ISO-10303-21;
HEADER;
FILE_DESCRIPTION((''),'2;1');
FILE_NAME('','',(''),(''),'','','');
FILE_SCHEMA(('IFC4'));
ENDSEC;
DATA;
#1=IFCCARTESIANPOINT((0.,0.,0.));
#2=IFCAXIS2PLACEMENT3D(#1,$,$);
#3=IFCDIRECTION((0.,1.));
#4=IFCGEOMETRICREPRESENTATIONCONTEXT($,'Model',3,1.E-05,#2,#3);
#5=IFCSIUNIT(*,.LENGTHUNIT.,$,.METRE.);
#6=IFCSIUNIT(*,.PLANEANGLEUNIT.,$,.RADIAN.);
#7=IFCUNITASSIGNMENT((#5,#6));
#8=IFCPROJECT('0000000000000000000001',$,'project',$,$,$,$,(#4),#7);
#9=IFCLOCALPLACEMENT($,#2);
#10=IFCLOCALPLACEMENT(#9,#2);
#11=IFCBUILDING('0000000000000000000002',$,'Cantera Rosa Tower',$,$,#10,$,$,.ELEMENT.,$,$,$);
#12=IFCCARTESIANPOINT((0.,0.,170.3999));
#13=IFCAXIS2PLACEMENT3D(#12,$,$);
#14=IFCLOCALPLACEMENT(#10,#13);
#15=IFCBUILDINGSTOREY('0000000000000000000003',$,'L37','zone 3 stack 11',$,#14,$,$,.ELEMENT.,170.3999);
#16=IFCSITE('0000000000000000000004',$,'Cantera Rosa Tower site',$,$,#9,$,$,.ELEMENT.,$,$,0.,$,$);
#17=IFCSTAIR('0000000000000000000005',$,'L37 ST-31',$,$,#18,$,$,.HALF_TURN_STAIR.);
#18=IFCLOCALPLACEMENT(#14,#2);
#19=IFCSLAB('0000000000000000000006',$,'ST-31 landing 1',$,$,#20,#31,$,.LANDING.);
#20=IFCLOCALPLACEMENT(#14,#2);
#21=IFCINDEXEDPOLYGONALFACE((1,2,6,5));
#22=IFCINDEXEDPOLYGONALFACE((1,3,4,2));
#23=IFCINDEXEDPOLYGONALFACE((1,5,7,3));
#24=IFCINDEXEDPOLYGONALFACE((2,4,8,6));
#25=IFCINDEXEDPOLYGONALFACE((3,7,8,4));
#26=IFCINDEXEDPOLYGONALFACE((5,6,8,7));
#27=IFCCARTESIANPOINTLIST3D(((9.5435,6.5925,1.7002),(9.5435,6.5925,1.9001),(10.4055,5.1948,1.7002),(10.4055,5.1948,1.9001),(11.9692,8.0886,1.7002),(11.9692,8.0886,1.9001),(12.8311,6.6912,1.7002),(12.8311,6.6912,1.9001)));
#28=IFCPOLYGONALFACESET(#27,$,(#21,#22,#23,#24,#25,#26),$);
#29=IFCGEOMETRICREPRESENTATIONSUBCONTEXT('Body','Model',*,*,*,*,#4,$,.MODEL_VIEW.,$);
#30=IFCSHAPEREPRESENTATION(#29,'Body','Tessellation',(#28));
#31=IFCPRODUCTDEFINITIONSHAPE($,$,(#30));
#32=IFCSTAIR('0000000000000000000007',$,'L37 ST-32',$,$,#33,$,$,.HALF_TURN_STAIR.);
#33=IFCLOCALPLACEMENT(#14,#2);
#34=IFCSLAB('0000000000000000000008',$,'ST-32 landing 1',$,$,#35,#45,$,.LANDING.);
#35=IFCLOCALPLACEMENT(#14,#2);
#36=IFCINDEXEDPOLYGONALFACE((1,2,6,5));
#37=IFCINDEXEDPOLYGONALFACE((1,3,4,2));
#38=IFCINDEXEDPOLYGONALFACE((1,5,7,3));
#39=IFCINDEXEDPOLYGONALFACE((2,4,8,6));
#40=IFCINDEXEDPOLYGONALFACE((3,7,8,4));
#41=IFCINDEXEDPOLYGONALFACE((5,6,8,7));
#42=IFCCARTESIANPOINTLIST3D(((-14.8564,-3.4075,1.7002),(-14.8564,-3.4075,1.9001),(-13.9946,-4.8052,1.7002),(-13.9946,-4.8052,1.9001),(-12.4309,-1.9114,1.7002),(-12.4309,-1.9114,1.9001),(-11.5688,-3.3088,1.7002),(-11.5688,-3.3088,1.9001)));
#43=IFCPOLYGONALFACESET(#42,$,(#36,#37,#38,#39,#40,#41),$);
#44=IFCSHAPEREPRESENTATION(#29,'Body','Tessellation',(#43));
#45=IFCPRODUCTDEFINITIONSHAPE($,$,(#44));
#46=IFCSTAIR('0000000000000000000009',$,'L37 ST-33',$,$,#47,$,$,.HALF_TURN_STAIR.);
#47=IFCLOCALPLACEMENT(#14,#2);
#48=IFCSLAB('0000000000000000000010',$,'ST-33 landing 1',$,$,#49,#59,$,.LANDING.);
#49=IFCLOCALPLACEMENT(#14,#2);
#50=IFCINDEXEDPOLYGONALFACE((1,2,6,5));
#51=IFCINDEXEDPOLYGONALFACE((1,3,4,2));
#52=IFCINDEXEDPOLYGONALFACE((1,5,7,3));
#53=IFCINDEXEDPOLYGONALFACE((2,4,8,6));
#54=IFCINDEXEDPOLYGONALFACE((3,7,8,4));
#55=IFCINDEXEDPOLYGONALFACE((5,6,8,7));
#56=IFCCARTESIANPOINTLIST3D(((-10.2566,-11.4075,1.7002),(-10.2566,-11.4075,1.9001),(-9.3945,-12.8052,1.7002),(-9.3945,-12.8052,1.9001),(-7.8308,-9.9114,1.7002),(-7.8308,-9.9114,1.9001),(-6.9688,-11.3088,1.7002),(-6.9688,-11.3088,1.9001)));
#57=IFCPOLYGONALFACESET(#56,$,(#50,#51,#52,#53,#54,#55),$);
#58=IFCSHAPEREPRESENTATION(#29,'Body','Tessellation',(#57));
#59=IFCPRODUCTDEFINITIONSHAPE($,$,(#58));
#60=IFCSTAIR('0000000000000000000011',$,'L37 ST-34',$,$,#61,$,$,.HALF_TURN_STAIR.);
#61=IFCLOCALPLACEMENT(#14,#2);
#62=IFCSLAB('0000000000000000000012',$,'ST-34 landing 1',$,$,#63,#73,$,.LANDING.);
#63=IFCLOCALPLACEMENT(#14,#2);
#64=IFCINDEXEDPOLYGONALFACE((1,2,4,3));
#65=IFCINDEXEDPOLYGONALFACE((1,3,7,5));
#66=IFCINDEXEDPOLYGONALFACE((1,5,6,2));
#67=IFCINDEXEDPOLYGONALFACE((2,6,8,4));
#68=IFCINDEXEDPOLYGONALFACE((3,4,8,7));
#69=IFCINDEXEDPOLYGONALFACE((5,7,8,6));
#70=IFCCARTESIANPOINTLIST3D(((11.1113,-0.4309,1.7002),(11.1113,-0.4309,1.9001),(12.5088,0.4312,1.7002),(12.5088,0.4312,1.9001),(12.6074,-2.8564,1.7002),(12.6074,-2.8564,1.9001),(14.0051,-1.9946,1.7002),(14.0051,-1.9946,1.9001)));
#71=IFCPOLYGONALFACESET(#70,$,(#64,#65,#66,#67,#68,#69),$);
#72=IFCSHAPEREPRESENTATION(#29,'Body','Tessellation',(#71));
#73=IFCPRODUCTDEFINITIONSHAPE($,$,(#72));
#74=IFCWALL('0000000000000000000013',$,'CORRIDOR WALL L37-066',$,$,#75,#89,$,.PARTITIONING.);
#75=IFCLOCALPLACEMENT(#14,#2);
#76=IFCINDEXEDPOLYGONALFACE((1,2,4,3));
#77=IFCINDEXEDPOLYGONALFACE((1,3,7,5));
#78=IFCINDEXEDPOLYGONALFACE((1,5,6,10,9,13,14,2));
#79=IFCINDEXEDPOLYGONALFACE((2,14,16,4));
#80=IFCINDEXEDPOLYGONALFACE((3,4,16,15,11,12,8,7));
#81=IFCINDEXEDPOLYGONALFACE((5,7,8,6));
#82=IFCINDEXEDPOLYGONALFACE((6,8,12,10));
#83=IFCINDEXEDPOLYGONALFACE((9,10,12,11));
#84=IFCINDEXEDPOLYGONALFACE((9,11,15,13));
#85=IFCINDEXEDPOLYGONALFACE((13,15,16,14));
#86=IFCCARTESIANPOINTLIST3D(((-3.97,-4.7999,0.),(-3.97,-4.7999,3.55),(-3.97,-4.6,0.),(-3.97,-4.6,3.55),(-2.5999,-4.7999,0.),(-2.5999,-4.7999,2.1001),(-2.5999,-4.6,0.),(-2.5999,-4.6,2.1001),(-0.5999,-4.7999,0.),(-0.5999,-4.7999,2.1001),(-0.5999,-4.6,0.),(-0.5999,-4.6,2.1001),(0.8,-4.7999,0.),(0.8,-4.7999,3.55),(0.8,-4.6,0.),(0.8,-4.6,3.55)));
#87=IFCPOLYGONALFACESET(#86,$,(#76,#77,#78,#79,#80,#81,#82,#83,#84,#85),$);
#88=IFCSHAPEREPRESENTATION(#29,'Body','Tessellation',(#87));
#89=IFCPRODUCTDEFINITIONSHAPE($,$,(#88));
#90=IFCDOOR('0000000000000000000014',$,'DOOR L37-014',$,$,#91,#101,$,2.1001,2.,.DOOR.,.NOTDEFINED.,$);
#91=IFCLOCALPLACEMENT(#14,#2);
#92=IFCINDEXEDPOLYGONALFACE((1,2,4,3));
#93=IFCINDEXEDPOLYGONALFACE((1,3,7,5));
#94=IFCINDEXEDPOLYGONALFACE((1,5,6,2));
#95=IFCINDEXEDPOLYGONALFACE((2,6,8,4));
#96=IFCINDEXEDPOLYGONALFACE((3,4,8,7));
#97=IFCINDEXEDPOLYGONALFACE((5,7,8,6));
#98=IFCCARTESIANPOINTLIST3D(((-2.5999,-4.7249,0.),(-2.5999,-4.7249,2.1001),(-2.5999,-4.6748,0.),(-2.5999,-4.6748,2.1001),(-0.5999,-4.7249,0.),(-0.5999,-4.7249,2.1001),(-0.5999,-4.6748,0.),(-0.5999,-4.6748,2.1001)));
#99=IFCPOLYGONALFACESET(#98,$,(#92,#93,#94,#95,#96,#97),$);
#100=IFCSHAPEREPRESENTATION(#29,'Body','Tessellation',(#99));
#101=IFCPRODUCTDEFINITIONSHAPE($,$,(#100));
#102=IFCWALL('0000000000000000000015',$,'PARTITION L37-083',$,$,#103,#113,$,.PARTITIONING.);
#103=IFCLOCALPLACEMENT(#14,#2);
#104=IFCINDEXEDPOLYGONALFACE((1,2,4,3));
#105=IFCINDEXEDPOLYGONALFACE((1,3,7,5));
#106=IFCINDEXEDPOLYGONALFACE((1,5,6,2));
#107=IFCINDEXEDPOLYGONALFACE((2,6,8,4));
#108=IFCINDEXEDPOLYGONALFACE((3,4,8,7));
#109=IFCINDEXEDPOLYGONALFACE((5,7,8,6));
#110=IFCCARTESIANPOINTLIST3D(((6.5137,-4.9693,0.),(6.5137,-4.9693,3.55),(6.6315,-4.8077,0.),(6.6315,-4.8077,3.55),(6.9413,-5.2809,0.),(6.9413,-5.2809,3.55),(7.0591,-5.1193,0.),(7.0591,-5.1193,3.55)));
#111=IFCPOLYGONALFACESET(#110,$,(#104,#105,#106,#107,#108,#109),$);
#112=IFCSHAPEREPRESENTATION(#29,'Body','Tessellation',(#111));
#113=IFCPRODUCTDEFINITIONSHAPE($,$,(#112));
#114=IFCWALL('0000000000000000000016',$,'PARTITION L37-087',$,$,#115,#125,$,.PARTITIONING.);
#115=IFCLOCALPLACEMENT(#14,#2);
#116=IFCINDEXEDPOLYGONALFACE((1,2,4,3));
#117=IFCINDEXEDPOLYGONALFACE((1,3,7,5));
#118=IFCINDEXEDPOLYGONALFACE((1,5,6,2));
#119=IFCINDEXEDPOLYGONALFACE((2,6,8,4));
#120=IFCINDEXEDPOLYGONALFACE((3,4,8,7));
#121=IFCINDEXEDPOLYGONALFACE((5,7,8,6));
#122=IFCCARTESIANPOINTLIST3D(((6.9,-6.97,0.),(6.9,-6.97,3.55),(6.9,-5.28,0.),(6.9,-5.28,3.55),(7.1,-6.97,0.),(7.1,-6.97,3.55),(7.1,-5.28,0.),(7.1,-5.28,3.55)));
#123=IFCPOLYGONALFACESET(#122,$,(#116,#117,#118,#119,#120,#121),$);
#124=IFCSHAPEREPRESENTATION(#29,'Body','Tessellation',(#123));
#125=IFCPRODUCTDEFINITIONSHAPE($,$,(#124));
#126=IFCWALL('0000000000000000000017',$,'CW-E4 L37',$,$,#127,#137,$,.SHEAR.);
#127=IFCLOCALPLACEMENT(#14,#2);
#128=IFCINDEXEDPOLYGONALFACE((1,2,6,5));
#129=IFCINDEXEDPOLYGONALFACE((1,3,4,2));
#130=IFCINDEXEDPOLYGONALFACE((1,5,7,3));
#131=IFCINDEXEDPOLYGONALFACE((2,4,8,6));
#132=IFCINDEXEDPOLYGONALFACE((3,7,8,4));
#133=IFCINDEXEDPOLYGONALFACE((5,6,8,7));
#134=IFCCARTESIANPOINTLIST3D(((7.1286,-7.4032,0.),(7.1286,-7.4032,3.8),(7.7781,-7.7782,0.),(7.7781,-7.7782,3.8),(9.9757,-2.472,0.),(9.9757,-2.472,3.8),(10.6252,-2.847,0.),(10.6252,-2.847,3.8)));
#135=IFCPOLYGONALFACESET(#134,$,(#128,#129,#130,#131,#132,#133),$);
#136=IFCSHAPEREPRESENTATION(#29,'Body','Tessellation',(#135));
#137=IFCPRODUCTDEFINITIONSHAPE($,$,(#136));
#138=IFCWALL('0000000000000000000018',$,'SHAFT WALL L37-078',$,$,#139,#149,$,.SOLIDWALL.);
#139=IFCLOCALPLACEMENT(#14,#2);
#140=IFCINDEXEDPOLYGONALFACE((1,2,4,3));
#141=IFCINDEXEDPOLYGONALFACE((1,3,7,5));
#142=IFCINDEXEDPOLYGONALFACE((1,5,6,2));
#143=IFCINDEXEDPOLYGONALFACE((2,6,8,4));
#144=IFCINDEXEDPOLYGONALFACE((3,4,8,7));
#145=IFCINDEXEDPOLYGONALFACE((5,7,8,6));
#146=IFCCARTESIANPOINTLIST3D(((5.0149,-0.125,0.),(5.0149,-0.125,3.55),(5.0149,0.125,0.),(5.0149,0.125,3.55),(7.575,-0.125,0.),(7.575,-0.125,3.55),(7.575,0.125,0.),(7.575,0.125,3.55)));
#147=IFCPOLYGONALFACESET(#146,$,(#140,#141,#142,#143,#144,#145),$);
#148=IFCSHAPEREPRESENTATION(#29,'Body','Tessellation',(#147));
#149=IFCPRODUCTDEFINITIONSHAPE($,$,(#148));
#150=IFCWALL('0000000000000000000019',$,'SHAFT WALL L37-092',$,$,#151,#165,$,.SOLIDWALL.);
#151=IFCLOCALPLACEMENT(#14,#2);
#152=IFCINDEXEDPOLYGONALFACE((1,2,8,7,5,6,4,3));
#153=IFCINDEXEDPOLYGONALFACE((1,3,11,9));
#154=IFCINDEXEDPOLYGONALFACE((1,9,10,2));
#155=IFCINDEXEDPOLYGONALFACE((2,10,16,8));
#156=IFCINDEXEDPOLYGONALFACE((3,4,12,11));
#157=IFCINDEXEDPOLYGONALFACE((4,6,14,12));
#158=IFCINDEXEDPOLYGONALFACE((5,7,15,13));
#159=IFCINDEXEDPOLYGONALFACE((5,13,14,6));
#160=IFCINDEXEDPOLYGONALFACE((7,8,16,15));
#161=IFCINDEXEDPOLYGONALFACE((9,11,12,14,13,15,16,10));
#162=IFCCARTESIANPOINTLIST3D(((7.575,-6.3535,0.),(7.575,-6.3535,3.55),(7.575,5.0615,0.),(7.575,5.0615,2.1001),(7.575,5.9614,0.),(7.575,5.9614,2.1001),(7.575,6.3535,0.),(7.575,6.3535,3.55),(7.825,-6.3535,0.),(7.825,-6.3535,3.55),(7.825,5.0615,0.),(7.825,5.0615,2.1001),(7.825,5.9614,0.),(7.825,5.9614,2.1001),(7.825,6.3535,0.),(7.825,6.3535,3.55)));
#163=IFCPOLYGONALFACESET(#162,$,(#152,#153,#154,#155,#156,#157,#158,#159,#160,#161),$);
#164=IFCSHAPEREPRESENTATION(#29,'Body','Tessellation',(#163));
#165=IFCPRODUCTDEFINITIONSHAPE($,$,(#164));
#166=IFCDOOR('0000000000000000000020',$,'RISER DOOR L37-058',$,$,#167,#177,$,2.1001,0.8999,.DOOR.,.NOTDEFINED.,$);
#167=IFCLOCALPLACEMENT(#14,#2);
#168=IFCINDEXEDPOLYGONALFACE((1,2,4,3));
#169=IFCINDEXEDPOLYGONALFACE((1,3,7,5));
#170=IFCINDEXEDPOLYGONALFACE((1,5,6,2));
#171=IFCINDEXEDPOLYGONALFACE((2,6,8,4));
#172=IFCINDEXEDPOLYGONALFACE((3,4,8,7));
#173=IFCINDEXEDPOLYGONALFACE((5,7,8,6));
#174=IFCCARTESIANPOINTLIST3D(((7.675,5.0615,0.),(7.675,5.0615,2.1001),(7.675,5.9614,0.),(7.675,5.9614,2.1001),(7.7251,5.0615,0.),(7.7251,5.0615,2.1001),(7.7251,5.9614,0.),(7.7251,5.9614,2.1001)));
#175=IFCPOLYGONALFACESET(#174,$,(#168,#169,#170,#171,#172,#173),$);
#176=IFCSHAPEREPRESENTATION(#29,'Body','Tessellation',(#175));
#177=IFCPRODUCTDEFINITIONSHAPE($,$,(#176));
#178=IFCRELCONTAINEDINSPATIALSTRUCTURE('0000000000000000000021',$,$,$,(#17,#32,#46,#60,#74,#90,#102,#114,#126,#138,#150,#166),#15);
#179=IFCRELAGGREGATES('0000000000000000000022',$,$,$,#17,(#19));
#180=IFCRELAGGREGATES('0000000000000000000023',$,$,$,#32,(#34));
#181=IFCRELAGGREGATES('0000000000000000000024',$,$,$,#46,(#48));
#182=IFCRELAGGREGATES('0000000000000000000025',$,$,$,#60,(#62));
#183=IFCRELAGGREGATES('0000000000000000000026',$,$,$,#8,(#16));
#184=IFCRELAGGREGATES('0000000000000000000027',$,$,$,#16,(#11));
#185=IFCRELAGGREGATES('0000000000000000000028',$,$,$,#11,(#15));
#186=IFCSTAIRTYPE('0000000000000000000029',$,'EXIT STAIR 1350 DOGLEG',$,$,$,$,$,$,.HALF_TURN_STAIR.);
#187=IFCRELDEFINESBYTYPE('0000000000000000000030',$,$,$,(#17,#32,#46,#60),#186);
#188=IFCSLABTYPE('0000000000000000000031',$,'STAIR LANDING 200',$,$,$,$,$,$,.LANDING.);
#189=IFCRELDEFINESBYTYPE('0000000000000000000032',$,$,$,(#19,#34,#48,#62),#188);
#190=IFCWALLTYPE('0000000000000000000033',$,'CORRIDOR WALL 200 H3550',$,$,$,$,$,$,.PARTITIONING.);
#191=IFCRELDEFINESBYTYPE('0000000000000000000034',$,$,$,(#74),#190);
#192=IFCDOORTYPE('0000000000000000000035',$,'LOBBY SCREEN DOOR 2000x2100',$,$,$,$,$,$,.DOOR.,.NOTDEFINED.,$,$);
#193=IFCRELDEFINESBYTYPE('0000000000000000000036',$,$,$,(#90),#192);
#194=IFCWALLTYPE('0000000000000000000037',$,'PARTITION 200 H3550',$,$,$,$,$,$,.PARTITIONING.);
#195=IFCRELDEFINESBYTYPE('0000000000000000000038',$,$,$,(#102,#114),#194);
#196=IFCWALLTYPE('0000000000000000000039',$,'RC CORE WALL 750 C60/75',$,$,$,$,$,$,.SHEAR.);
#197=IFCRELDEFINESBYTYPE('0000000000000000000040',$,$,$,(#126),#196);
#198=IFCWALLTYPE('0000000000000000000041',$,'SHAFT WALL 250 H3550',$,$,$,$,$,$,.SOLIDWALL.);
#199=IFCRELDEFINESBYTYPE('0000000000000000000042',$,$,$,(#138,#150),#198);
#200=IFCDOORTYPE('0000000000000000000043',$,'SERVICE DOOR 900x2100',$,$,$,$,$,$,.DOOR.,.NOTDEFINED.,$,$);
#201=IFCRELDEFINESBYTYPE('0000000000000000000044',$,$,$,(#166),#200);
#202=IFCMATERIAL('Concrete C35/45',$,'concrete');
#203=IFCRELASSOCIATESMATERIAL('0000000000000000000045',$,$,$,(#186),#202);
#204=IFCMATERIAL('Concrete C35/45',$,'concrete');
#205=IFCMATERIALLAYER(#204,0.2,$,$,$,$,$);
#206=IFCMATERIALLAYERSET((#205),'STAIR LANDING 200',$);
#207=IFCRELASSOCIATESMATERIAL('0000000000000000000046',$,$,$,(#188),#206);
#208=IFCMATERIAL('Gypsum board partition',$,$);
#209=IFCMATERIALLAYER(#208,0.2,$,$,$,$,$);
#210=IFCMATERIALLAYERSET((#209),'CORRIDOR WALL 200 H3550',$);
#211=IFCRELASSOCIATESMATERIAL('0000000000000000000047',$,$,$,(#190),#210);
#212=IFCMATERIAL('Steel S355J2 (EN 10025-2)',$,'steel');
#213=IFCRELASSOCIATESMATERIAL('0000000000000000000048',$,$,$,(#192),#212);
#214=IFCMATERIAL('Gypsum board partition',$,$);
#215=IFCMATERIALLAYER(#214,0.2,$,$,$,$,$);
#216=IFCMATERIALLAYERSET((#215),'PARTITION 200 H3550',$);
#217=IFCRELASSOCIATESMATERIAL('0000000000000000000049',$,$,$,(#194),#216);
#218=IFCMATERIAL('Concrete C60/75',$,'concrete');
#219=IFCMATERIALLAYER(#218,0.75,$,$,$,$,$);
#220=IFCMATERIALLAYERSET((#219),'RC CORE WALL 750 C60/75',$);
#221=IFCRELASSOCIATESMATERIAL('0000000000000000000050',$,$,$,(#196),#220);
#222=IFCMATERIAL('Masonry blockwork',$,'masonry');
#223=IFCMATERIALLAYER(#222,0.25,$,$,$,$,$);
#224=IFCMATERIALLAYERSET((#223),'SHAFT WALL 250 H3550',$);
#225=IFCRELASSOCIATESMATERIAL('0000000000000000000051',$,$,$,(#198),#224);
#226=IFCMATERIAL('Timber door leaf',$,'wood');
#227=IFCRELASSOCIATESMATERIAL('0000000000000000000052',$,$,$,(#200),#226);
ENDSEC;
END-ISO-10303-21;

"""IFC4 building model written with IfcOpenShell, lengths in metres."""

from ifc_helpers import new_model, si_unit, direction, frame, frame_2d, origin, place, context, subcontext, project, spatial, polyline, rectangle, outline, extrude, material, layer, layer_set, type_object, element, fill, aggregate, save


model = new_model("IFC4")

# Units and contexts
model_context = context("Model", 3, precision=1e-05, world=origin(), true_north=direction((0.0, 1.0)))
body_context = subcontext(model_context, "Body", "Model", "MODEL_VIEW")
ifc_project = project(units=[si_unit("LENGTHUNIT", "METRE"), si_unit("PLANEANGLEUNIT", "RADIAN")], contexts=[model_context])

# Site, building, storey
site_placement = place(None, origin())
site = spatial("IfcSite", under=ifc_project, at=site_placement, Name="Cantera Rosa Tower site", CompositionType="ELEMENT", RefElevation=0.0)
building_placement = place(site_placement, origin())
building = spatial("IfcBuilding", under=site, at=building_placement, Name="Cantera Rosa Tower", CompositionType="ELEMENT")
storey_placement = place(building_placement, frame((0.0, 0.0, 170.3999)))
storey = spatial("IfcBuildingStorey", under=building, at=storey_placement, Name="L37", Description="zone 3 stack 11", CompositionType="ELEMENT", Elevation=170.3999)

# Stairs, slabs
ifc_material_1 = material(Name="Concrete C35/45", Category="concrete")
stair_type = type_object("IfcStairType", Name="EXIT STAIR 1350 DOGLEG", PredefinedType="HALF_TURN_STAIR", material=ifc_material_1)
stair_1_placement = place(storey_placement, origin())
stair_1 = element("IfcStair", 1, at=stair_1_placement, inside=storey, type_object=stair_type, Name="L37 ST-31", PredefinedType="HALF_TURN_STAIR")
ifc_material_2 = material(Name="Concrete C35/45", Category="concrete")
ifc_layer_1 = layer(ifc_material_2, 0.2)
ifc_layer_set_1 = layer_set([ifc_layer_1], Name="STAIR LANDING 200")
slab_type = type_object("IfcSlabType", Name="STAIR LANDING 200", PredefinedType="LANDING", material=ifc_layer_set_1)
slab_1_placement = place(storey_placement, frame((0.0, 0.0, 1.7002)))
slab_1 = element("IfcSlab", 2, at=slab_1_placement, type_object=slab_type, Name="ST-31 landing 1", PredefinedType="LANDING", context=body_context, shape_type="SweptSolid", body=[
    extrude(outline(polyline([(12.8311, 6.6912), (11.9692, 8.0886), (9.5435, 6.5925), (10.4055, 5.1948), (12.8311, 6.6912)])), origin(), (0.0, 0.0, 1.0), 0.2),
])
aggregate(stair_1, [slab_1])
stair_2_placement = place(storey_placement, origin())
stair_2 = element("IfcStair", 3, at=stair_2_placement, inside=storey, type_object=stair_type, Name="L37 ST-32", PredefinedType="HALF_TURN_STAIR")
slab_2_placement = place(storey_placement, frame((0.0, 0.0, 1.7002)))
slab_2 = element("IfcSlab", 4, at=slab_2_placement, type_object=slab_type, Name="ST-32 landing 1", PredefinedType="LANDING", context=body_context, shape_type="SweptSolid", body=[
    extrude(outline(polyline([(-11.5688, -3.3088), (-12.4309, -1.9114), (-14.8564, -3.4075), (-13.9946, -4.8052), (-11.5688, -3.3088)])), origin(), (0.0, 0.0, 1.0), 0.2),
])
aggregate(stair_2, [slab_2])
stair_3_placement = place(storey_placement, origin())
stair_3 = element("IfcStair", 5, at=stair_3_placement, inside=storey, type_object=stair_type, Name="L37 ST-33", PredefinedType="HALF_TURN_STAIR")
slab_3_placement = place(storey_placement, frame((0.0, 0.0, 1.7002)))
slab_3 = element("IfcSlab", 6, at=slab_3_placement, type_object=slab_type, Name="ST-33 landing 1", PredefinedType="LANDING", context=body_context, shape_type="SweptSolid", body=[
    extrude(outline(polyline([(-6.9688, -11.3088), (-7.8308, -9.9114), (-10.2566, -11.4075), (-9.3945, -12.8052), (-6.9688, -11.3088)])), origin(), (0.0, 0.0, 1.0), 0.2),
])
aggregate(stair_3, [slab_3])
stair_4_placement = place(storey_placement, origin())
stair_4 = element("IfcStair", 7, at=stair_4_placement, inside=storey, type_object=stair_type, Name="L37 ST-34", PredefinedType="HALF_TURN_STAIR")
slab_4_placement = place(storey_placement, frame((0.0, 0.0, 1.7002)))
slab_4 = element("IfcSlab", 8, at=slab_4_placement, type_object=slab_type, Name="ST-34 landing 1", PredefinedType="LANDING", context=body_context, shape_type="SweptSolid", body=[
    extrude(outline(polyline([(12.5088, 0.4312), (11.1113, -0.4309), (12.6074, -2.8564), (14.0051, -1.9946), (12.5088, 0.4312)])), origin(), (0.0, 0.0, 1.0), 0.2),
])

# Wall, opening, door
ifc_material_3 = material(Name="Gypsum board partition")
ifc_layer_2 = layer(ifc_material_3, 0.2)
ifc_layer_set_2 = layer_set([ifc_layer_2], Name="CORRIDOR WALL 200 H3550")
wall_type_1 = type_object("IfcWallType", Name="CORRIDOR WALL 200 H3550", PredefinedType="PARTITIONING", material=ifc_layer_set_2)
wall_1_placement = place(storey_placement, frame((0.8, -4.7, 0.0), z_axis=(0.0, 0.0, 1.0), x_axis=(-1.0, 0.0, 0.0)))
wall_1 = element("IfcWall", 9, at=wall_1_placement, inside=storey, type_object=wall_type_1, Name="CORRIDOR WALL L37-066", PredefinedType="PARTITIONING", context=body_context, shape_type="SweptSolid", body=[
    extrude(rectangle(XDim=4.77, YDim=0.2, at=frame_2d((2.385, 0.0))), origin(), (0.0, 0.0, 1.0), 3.55),
])
opening_1_placement = place(wall_1_placement, frame((1.3999, 0.0, 0.0)))
opening_1 = element("IfcOpeningElement", 10, at=opening_1_placement, cuts=wall_1, PredefinedType="OPENING", context=body_context, shape_type="SweptSolid", body=[
    extrude(rectangle(XDim=2.0, YDim=2.1001, at=frame_2d((1.0, 1.05))), frame((0.0, 0.1099, 0.0), z_axis=(0.0, -1.0, 0.0), x_axis=(1.0, 0.0, 0.0)), (0.0, 0.0, 1.0), 0.22),
])
ifc_material_4 = material(Name="Steel S355J2 (EN 10025-2)", Category="steel")
door_type_1 = type_object("IfcDoorType", Name="LOBBY SCREEN DOOR 2000x2100", OperationType="NOTDEFINED", PredefinedType="DOOR", material=ifc_material_4)
door_1_placement = place(opening_1_placement, origin())
door_1 = element("IfcDoor", 11, at=door_1_placement, inside=storey, type_object=door_type_1, Name="DOOR L37-014", OperationType="NOTDEFINED", OverallHeight=2.1001, OverallWidth=2.0, PredefinedType="DOOR", context=body_context, shape_type="SweptSolid", body=[
    extrude(rectangle(XDim=2.0, YDim=2.1001, at=frame_2d((1.0, 1.05))), frame((0.0, 0.0249, 0.0), z_axis=(0.0, -1.0, 0.0), x_axis=(1.0, 0.0, 0.0)), (0.0, 0.0, 1.0), 0.05),
])
fill(opening_1, door_1)

# Walls
ifc_material_5 = material(Name="Gypsum board partition")
ifc_layer_3 = layer(ifc_material_5, 0.2)
ifc_layer_set_3 = layer_set([ifc_layer_3], Name="PARTITION 200 H3550")
wall_type_2 = type_object("IfcWallType", Name="PARTITION 200 H3550", PredefinedType="PARTITIONING", material=ifc_layer_set_3)
wall_2_placement = place(storey_placement, frame((6.5725, -4.8884, 0.0), z_axis=(0.0, 0.0, 1.0), x_axis=(0.808177, -0.58894, 0.0)))
element("IfcWall", 12, at=wall_2_placement, inside=storey, type_object=wall_type_2, Name="PARTITION L37-083", PredefinedType="PARTITIONING", context=body_context, shape_type="SweptSolid", body=[
    extrude(rectangle(XDim=0.5291, YDim=0.2, at=frame_2d((0.2646, 0.0))), origin(), (0.0, 0.0, 1.0), 3.55),
])
wall_3_placement = place(storey_placement, frame((7.0, -5.28, 0.0), z_axis=(0.0, 0.0, 1.0), x_axis=(0.0, -1.0, 0.0)))
element("IfcWall", 13, at=wall_3_placement, inside=storey, type_object=wall_type_2, Name="PARTITION L37-087", PredefinedType="PARTITIONING", context=body_context, shape_type="SweptSolid", body=[
    extrude(rectangle(XDim=1.6899, YDim=0.2, at=frame_2d((0.845, 0.0))), origin(), (0.0, 0.0, 1.0), 3.55),
])
ifc_material_6 = material(Name="Concrete C60/75", Category="concrete")
ifc_layer_4 = layer(ifc_material_6, 0.75)
ifc_layer_set_4 = layer_set([ifc_layer_4], Name="RC CORE WALL 750 C60/75")
wall_type_3 = type_object("IfcWallType", Name="RC CORE WALL 750 C60/75", PredefinedType="SHEAR", material=ifc_layer_set_4)
wall_4_placement = place(storey_placement, frame((10.3005, -2.6594, 0.0), z_axis=(0.0, 0.0, 1.0), x_axis=(-0.500022, -0.866013, 0.0)))
element("IfcWall", 14, at=wall_4_placement, inside=storey, type_object=wall_type_3, Name="CW-E4 L37", PredefinedType="SHEAR", context=body_context, shape_type="SweptSolid", body=[
    extrude(rectangle(XDim=5.6941, YDim=0.75, at=frame_2d((2.8472, 0.0))), origin(), (0.0, 0.0, 1.0), 3.8),
])
ifc_material_7 = material(Name="Masonry blockwork", Category="masonry")
ifc_layer_5 = layer(ifc_material_7, 0.25)
ifc_layer_set_5 = layer_set([ifc_layer_5], Name="SHAFT WALL 250 H3550")
wall_type_4 = type_object("IfcWallType", Name="SHAFT WALL 250 H3550", PredefinedType="SOLIDWALL", material=ifc_layer_set_5)
wall_5_placement = place(storey_placement, frame((5.0149, 0.0, 0.0), z_axis=(0.0, 0.0, 1.0), x_axis=(1.0, 0.0, 0.0)))
element("IfcWall", 15, at=wall_5_placement, inside=storey, type_object=wall_type_4, Name="SHAFT WALL L37-078", PredefinedType="SOLIDWALL", context=body_context, shape_type="SweptSolid", body=[
    extrude(rectangle(XDim=2.5601, YDim=0.25, at=frame_2d((1.28, 0.0))), origin(), (0.0, 0.0, 1.0), 3.55),
])

# Wall, opening, door
wall_6_placement = place(storey_placement, frame((7.7, -6.3535, 0.0), z_axis=(0.0, 0.0, 1.0), x_axis=(0.0, 1.0, 0.0)))
wall_6 = element("IfcWall", 16, at=wall_6_placement, inside=storey, type_object=wall_type_4, Name="SHAFT WALL L37-092", PredefinedType="SOLIDWALL", context=body_context, shape_type="SweptSolid", body=[
    extrude(rectangle(XDim=12.707, YDim=0.25, at=frame_2d((6.3535, 0.0))), origin(), (0.0, 0.0, 1.0), 3.55),
])
opening_2_placement = place(wall_6_placement, frame((11.415, 0.0, 0.0)))
opening_2 = element("IfcOpeningElement", 17, at=opening_2_placement, cuts=wall_6, PredefinedType="OPENING", context=body_context, shape_type="SweptSolid", body=[
    extrude(rectangle(XDim=0.8999, YDim=2.1001, at=frame_2d((0.45, 1.05))), frame((0.0, 0.135, 0.0), z_axis=(0.0, -1.0, 0.0), x_axis=(1.0, 0.0, 0.0)), (0.0, 0.0, 1.0), 0.27),
])
ifc_material_8 = material(Name="Timber door leaf", Category="wood")
door_type_2 = type_object("IfcDoorType", Name="SERVICE DOOR 900x2100", OperationType="NOTDEFINED", PredefinedType="DOOR", material=ifc_material_8)
door_2_placement = place(opening_2_placement, origin())
door_2 = element("IfcDoor", 18, at=door_2_placement, inside=storey, type_object=door_type_2, Name="RISER DOOR L37-058", OperationType="NOTDEFINED", OverallHeight=2.1001, OverallWidth=0.8999, PredefinedType="DOOR", context=body_context, shape_type="SweptSolid", body=[
    extrude(rectangle(XDim=0.8999, YDim=2.1001, at=frame_2d((0.45, 1.05))), frame((0.0, 0.0249, 0.0), z_axis=(0.0, -1.0, 0.0), x_axis=(1.0, 0.0, 0.0)), (0.0, 0.0, 1.0), 0.05),
])
fill(opening_2, door_2)

aggregate(stair_4, [slab_4])

save(model, "model.ifc")
